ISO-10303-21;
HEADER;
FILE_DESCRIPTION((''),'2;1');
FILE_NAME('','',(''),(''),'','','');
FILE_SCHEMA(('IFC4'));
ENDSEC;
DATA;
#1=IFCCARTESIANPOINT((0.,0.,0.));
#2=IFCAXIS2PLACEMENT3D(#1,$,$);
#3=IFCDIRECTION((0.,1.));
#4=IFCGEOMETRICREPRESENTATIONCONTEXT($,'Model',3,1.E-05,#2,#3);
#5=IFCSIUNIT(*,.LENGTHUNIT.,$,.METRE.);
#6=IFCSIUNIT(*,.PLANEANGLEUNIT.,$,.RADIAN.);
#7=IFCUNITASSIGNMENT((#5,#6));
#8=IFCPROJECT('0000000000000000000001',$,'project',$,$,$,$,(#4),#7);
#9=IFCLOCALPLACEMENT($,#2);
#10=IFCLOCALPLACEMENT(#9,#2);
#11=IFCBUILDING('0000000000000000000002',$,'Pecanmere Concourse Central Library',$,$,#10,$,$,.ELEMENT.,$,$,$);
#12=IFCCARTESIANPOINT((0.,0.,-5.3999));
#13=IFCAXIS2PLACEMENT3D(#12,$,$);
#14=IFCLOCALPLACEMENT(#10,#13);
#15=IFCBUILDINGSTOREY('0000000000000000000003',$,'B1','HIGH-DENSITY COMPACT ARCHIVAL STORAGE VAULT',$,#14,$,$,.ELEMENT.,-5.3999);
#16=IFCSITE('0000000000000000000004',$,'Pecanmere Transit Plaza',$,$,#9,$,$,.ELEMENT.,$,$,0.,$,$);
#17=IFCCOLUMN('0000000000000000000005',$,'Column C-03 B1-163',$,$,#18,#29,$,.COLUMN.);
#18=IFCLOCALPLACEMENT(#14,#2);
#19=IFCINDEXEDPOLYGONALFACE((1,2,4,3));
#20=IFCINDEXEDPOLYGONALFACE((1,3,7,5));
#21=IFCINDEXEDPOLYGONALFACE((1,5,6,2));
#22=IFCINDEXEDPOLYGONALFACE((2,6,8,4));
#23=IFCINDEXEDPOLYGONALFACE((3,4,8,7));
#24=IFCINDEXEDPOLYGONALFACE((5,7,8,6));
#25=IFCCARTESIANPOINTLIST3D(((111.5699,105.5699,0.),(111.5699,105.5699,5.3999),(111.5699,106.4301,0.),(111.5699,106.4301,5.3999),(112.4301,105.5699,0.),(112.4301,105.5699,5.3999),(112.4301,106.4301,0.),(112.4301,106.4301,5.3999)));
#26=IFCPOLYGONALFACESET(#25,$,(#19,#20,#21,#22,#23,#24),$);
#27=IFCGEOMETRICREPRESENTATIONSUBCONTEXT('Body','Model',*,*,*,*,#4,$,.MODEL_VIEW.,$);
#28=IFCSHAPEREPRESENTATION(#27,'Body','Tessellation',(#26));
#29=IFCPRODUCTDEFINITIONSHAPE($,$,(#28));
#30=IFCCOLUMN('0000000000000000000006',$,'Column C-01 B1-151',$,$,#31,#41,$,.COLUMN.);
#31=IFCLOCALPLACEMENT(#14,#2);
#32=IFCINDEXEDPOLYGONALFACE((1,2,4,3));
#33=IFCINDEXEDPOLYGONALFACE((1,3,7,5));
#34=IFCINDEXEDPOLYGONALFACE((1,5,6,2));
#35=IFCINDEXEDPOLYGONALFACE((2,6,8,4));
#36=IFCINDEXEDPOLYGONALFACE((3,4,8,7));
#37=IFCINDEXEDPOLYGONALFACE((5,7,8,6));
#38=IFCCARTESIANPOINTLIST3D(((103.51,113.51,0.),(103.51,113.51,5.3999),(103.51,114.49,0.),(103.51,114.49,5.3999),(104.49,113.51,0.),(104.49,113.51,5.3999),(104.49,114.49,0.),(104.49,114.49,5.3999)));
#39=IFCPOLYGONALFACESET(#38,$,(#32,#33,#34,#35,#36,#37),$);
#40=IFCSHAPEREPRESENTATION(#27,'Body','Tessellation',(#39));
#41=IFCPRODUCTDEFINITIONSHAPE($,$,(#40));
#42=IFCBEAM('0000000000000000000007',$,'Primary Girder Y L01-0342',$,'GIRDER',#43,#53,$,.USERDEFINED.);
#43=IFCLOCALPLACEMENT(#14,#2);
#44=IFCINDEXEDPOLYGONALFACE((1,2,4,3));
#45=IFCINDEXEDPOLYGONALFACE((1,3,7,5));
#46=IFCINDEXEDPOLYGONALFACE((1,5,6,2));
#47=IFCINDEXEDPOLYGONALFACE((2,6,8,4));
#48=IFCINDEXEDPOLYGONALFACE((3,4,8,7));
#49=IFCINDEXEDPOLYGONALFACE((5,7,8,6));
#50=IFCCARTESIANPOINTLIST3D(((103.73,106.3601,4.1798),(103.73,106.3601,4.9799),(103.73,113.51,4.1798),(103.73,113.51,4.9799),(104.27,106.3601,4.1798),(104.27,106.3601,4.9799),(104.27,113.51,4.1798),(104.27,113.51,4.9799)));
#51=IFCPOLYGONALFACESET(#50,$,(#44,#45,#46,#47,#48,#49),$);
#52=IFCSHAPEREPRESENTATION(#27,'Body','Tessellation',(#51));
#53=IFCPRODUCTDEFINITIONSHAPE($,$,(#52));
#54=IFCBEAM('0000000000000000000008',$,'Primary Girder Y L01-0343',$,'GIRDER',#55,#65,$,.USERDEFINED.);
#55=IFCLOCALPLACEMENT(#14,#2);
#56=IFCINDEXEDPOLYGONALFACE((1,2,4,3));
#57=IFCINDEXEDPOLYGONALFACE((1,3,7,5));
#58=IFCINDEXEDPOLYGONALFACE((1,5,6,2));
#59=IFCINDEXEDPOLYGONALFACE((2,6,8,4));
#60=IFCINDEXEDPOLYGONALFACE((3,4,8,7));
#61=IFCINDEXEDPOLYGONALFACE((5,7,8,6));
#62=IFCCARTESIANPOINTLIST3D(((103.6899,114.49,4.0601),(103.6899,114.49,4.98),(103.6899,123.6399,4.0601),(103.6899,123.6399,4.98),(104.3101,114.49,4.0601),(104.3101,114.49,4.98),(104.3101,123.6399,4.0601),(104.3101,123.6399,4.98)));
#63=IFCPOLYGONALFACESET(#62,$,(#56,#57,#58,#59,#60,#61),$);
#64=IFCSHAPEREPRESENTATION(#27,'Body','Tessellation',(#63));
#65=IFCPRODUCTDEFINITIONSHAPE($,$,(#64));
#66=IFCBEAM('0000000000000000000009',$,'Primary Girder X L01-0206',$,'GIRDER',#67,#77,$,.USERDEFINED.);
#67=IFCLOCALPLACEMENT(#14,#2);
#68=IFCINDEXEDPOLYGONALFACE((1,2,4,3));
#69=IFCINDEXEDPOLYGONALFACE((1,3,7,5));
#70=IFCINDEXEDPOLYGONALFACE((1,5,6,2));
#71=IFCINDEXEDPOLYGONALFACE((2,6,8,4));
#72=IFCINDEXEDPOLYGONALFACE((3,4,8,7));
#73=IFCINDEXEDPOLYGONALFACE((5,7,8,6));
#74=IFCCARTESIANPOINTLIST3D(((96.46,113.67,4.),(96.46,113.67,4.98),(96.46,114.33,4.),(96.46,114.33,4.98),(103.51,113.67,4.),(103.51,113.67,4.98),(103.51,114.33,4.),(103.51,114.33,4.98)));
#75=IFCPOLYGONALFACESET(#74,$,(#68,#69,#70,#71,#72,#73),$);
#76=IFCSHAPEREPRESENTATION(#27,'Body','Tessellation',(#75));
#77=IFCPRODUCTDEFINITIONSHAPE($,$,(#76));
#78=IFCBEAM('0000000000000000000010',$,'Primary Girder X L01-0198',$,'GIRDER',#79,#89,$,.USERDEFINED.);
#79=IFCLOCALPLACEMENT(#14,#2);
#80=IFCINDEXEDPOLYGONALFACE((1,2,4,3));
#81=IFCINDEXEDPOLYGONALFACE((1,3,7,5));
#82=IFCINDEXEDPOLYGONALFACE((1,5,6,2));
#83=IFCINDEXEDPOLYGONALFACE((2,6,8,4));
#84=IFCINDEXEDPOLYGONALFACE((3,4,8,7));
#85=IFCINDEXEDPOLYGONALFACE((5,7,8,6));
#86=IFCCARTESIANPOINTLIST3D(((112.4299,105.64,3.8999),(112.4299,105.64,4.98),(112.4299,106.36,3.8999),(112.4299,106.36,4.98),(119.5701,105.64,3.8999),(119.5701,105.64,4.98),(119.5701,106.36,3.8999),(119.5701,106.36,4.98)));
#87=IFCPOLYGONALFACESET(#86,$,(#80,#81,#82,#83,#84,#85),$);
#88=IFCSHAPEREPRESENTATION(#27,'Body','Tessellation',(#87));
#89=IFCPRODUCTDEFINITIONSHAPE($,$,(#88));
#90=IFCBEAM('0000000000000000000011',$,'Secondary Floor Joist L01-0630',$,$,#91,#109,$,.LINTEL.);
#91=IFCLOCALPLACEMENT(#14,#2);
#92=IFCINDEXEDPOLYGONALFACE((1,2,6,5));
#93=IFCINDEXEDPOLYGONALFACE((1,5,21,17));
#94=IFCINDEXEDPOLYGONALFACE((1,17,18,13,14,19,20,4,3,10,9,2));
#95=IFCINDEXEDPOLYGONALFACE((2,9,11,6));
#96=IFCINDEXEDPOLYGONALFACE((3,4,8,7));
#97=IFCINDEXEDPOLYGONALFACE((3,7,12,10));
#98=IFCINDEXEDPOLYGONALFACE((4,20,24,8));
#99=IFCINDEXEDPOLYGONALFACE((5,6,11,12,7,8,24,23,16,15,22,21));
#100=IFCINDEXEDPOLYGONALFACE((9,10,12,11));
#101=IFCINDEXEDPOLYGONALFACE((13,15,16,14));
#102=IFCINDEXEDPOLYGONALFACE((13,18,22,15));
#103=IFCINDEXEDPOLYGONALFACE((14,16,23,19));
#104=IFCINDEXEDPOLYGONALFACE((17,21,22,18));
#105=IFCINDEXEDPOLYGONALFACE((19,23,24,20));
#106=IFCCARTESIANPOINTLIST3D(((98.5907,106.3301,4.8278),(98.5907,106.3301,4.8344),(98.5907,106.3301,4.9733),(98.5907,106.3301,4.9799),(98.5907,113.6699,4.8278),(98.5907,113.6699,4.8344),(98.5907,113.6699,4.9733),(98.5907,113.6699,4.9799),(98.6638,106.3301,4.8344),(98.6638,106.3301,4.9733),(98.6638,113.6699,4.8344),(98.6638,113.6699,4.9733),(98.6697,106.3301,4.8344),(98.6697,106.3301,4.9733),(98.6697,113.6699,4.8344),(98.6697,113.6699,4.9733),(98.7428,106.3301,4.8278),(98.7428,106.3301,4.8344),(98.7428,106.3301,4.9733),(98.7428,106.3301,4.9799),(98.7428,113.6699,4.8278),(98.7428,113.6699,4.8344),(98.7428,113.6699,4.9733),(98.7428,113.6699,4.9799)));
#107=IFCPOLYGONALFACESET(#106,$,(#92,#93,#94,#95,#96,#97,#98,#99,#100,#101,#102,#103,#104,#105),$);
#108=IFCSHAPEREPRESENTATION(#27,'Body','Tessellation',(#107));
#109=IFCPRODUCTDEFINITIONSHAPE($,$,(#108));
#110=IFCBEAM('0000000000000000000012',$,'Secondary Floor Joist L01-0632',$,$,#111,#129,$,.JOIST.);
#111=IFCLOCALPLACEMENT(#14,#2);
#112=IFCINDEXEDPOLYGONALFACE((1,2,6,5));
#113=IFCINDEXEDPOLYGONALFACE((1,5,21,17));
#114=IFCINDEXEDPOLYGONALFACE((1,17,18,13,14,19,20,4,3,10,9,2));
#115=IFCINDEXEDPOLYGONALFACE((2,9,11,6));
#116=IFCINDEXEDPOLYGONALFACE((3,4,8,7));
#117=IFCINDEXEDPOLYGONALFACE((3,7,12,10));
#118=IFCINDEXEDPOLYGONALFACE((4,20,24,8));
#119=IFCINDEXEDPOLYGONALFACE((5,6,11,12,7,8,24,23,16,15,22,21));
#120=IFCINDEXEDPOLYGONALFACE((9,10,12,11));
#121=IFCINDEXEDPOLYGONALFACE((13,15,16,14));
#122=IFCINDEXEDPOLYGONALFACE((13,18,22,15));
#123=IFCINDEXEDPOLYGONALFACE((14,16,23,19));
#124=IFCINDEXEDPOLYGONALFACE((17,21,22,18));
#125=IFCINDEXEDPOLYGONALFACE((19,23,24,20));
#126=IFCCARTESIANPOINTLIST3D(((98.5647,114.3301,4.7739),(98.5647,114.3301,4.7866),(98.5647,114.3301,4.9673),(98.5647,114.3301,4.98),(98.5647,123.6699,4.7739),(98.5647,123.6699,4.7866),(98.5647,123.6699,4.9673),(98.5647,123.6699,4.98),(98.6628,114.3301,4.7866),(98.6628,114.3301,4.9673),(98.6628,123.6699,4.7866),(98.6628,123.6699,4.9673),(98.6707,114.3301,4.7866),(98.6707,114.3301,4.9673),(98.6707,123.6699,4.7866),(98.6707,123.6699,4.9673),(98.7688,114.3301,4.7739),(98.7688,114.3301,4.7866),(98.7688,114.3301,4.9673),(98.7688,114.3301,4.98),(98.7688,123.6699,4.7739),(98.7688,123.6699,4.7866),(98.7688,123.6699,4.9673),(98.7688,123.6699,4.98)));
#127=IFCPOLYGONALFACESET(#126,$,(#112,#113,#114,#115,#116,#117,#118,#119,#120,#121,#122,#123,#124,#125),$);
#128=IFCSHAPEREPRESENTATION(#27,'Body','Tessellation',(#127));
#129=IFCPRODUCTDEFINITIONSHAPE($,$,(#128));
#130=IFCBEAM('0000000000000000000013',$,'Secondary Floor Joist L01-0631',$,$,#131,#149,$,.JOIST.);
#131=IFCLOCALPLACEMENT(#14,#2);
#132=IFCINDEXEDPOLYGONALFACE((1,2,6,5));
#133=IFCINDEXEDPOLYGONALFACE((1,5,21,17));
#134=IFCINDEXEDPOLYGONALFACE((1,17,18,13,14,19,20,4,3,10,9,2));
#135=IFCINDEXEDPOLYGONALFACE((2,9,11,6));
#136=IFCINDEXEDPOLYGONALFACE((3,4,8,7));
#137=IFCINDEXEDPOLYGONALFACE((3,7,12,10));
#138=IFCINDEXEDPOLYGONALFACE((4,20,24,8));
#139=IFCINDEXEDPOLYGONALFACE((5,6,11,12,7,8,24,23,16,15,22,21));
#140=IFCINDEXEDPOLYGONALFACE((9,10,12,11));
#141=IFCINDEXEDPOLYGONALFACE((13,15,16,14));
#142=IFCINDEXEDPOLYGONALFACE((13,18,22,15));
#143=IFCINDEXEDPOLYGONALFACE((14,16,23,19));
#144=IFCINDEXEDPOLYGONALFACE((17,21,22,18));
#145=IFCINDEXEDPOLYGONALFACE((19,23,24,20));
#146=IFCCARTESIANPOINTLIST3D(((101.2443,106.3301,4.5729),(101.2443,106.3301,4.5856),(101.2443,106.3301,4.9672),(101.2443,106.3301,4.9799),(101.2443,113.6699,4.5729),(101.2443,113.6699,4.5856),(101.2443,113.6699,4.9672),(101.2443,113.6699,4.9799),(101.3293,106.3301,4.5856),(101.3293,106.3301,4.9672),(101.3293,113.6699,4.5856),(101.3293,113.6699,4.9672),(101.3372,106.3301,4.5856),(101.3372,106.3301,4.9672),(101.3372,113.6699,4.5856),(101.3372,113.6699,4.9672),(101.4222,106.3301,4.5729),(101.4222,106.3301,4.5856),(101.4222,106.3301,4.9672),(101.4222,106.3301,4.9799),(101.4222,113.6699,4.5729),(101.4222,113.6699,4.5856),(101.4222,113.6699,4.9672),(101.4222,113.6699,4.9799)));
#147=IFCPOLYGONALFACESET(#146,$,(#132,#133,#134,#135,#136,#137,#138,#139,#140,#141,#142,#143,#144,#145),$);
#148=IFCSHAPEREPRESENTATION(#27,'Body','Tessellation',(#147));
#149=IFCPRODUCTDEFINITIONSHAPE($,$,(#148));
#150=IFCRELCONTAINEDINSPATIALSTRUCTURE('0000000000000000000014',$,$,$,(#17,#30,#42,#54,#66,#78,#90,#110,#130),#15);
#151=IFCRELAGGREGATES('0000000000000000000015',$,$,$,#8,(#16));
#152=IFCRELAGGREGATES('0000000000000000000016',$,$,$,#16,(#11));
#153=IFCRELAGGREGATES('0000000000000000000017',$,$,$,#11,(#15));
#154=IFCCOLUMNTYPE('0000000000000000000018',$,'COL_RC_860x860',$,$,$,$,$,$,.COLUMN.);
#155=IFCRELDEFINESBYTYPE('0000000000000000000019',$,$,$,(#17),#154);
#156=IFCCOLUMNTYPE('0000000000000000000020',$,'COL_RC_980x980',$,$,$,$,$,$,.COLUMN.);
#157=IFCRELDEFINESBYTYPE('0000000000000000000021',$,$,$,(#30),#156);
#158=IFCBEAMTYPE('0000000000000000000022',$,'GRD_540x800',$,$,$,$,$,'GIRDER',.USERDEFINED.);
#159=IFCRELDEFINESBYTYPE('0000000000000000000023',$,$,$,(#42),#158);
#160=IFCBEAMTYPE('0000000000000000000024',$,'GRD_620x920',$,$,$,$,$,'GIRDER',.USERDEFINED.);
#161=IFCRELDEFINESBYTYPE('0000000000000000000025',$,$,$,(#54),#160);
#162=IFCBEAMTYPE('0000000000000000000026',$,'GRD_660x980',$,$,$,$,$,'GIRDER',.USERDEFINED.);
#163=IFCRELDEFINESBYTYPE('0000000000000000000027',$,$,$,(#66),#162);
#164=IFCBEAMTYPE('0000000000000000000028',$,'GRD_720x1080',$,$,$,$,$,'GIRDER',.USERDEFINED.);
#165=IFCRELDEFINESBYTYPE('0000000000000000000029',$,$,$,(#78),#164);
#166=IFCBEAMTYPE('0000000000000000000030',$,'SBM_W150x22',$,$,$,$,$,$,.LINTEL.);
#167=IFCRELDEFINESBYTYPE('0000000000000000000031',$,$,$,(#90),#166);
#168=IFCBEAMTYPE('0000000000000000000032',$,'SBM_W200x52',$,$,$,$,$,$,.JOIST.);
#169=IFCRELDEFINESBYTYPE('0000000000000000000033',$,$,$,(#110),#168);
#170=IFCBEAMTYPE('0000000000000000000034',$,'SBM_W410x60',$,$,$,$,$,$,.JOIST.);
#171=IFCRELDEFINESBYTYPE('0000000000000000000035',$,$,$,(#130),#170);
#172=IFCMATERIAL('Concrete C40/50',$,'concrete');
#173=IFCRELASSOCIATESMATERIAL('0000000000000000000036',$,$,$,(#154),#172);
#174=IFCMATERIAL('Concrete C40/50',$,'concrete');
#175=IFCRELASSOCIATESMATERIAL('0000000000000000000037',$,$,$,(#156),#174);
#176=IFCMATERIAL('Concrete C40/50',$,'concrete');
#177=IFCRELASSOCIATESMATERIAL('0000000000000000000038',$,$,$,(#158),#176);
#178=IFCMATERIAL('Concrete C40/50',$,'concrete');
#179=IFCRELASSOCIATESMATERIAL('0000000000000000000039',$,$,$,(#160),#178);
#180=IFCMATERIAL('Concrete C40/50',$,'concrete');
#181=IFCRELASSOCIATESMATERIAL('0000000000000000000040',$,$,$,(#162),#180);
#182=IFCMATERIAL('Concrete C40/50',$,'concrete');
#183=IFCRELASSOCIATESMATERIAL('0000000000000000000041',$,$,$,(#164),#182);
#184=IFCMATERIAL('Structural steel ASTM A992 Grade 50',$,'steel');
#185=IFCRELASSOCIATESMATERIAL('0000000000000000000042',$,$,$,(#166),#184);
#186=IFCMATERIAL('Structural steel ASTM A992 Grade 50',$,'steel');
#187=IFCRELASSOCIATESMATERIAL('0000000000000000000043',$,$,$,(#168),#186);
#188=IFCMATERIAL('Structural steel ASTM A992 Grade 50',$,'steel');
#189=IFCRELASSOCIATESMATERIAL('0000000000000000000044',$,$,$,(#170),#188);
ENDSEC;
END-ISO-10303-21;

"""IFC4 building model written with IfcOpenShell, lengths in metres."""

from ifc_helpers import new_model, si_unit, direction, frame, origin, origin_2d, place, context, subcontext, project, spatial, rectangle, i_section, extrude, material, material_profile, profile_set, type_object, element, save


model = new_model("IFC4")

# Units and contexts
model_context = context("Model", 3, precision=1e-05, world=origin(), true_north=direction((0.0, 1.0)))
body_context = subcontext(model_context, "Body", "Model", "MODEL_VIEW")
ifc_project = project(units=[si_unit("LENGTHUNIT", "METRE"), si_unit("PLANEANGLEUNIT", "RADIAN")], contexts=[model_context])

# Site, building, storey
site_placement = place(None, origin())
site = spatial("IfcSite", under=ifc_project, at=site_placement, Name="Pecanmere Transit Plaza", CompositionType="ELEMENT", RefElevation=0.0)
building_placement = place(site_placement, origin())
building = spatial("IfcBuilding", under=site, at=building_placement, Name="Pecanmere Concourse Central Library", CompositionType="ELEMENT")
storey_placement = place(building_placement, frame((0.0, 0.0, -5.3999)))
storey = spatial("IfcBuildingStorey", under=building, at=storey_placement, Name="B1", Description="HIGH-DENSITY COMPACT ARCHIVAL STORAGE VAULT", CompositionType="ELEMENT", Elevation=-5.3999)

# Columns
ifc_material_1 = material(Name="Concrete C40/50", Category="concrete")
ifc_material_profile_1 = material_profile(ifc_material_1, rectangle(XDim=0.8601, YDim=0.8601, at=origin_2d()), Name="RC 860x860")
ifc_profile_set_1 = profile_set([ifc_material_profile_1], Name="Concrete C40/50")
column_type_1 = type_object("IfcColumnType", Name="COL_RC_860x860", PredefinedType="COLUMN", material=ifc_profile_set_1)
column_1_placement = place(storey_placement, frame((112.0, 106.0, 0.0), z_axis=(0.0, 0.0, 1.0), x_axis=(1.0, 0.0, 0.0)))
element("IfcColumn", 1, at=column_1_placement, inside=storey, type_object=column_type_1, Name="Column C-03 B1-163", PredefinedType="COLUMN", context=body_context, shape_type="SweptSolid", body=[
    extrude(rectangle(XDim=0.8601, YDim=0.8601, at=origin_2d()), origin(), (0.0, 0.0, 1.0), 5.3999),
])
ifc_material_2 = material(Name="Concrete C40/50", Category="concrete")
ifc_material_profile_2 = material_profile(ifc_material_2, rectangle(XDim=0.98, YDim=0.98, at=origin_2d()), Name="RC 980x980")
ifc_profile_set_2 = profile_set([ifc_material_profile_2], Name="Concrete C40/50")
column_type_2 = type_object("IfcColumnType", Name="COL_RC_980x980", PredefinedType="COLUMN", material=ifc_profile_set_2)
column_2_placement = place(storey_placement, frame((104.0, 114.0, 0.0), z_axis=(0.0, 0.0, 1.0), x_axis=(1.0, 0.0, 0.0)))
element("IfcColumn", 2, at=column_2_placement, inside=storey, type_object=column_type_2, Name="Column C-01 B1-151", PredefinedType="COLUMN", context=body_context, shape_type="SweptSolid", body=[
    extrude(rectangle(XDim=0.98, YDim=0.98, at=origin_2d()), origin(), (0.0, 0.0, 1.0), 5.3999),
])

# Beams
ifc_material_3 = material(Name="Concrete C40/50", Category="concrete")
ifc_material_profile_3 = material_profile(ifc_material_3, rectangle(XDim=0.54, YDim=0.8, at=origin_2d()), Name="RC 540x800")
ifc_profile_set_3 = profile_set([ifc_material_profile_3], Name="Concrete C40/50")
beam_type_1 = type_object("IfcBeamType", Name="GRD_540x800", ElementType="GIRDER", PredefinedType="USERDEFINED", material=ifc_profile_set_3)
beam_1_placement = place(storey_placement, frame((104.0, 106.3601, 4.5798), z_axis=(0.0, 1.0, 0.0), x_axis=(-1.0, 0.0, 0.0)))
element("IfcBeam", 3, at=beam_1_placement, inside=storey, type_object=beam_type_1, Name="Primary Girder Y L01-0342", ObjectType="GIRDER", PredefinedType="USERDEFINED", context=body_context, shape_type="SweptSolid", body=[
    extrude(rectangle(XDim=0.54, YDim=0.8, at=origin_2d()), origin(), (0.0, 0.0, 1.0), 7.1499),
])
ifc_material_4 = material(Name="Concrete C40/50", Category="concrete")
ifc_material_profile_4 = material_profile(ifc_material_4, rectangle(XDim=0.6201, YDim=0.9199, at=origin_2d()), Name="RC 620x920")
ifc_profile_set_4 = profile_set([ifc_material_profile_4], Name="Concrete C40/50")
beam_type_2 = type_object("IfcBeamType", Name="GRD_620x920", ElementType="GIRDER", PredefinedType="USERDEFINED", material=ifc_profile_set_4)
beam_2_placement = place(storey_placement, frame((104.0, 114.49, 4.52), z_axis=(0.0, 1.0, 0.0), x_axis=(-1.0, 0.0, 0.0)))
element("IfcBeam", 4, at=beam_2_placement, inside=storey, type_object=beam_type_2, Name="Primary Girder Y L01-0343", ObjectType="GIRDER", PredefinedType="USERDEFINED", context=body_context, shape_type="SweptSolid", body=[
    extrude(rectangle(XDim=0.6201, YDim=0.9199, at=origin_2d()), origin(), (0.0, 0.0, 1.0), 9.1499),
])
ifc_material_5 = material(Name="Concrete C40/50", Category="concrete")
ifc_material_profile_5 = material_profile(ifc_material_5, rectangle(XDim=0.6599, YDim=0.98, at=origin_2d()), Name="RC 660x980")
ifc_profile_set_5 = profile_set([ifc_material_profile_5], Name="Concrete C40/50")
beam_type_3 = type_object("IfcBeamType", Name="GRD_660x980", ElementType="GIRDER", PredefinedType="USERDEFINED", material=ifc_profile_set_5)
beam_3_placement = place(storey_placement, frame((96.46, 114.0, 4.49), z_axis=(1.0, 0.0, 0.0), x_axis=(0.0, 1.0, 0.0)))
element("IfcBeam", 5, at=beam_3_placement, inside=storey, type_object=beam_type_3, Name="Primary Girder X L01-0206", ObjectType="GIRDER", PredefinedType="USERDEFINED", context=body_context, shape_type="SweptSolid", body=[
    extrude(rectangle(XDim=0.6599, YDim=0.98, at=origin_2d()), origin(), (0.0, 0.0, 1.0), 7.05),
])
ifc_material_6 = material(Name="Concrete C40/50", Category="concrete")
ifc_material_profile_6 = material_profile(ifc_material_6, rectangle(XDim=0.72, YDim=1.0801, at=origin_2d()), Name="RC 720x1080")
ifc_profile_set_6 = profile_set([ifc_material_profile_6], Name="Concrete C40/50")
beam_type_4 = type_object("IfcBeamType", Name="GRD_720x1080", ElementType="GIRDER", PredefinedType="USERDEFINED", material=ifc_profile_set_6)
beam_4_placement = place(storey_placement, frame((112.4299, 106.0, 4.4399), z_axis=(1.0, 0.0, 0.0), x_axis=(0.0, 1.0, 0.0)))
element("IfcBeam", 6, at=beam_4_placement, inside=storey, type_object=beam_type_4, Name="Primary Girder X L01-0198", ObjectType="GIRDER", PredefinedType="USERDEFINED", context=body_context, shape_type="SweptSolid", body=[
    extrude(rectangle(XDim=0.72, YDim=1.0801, at=origin_2d()), origin(), (0.0, 0.0, 1.0), 7.1401),
])
ifc_material_7 = material(Name="Structural steel ASTM A992 Grade 50", Category="steel")
ifc_material_profile_7 = material_profile(ifc_material_7, i_section(OverallWidth=0.1521, OverallDepth=0.1521, WebThickness=0.0059, FlangeThickness=0.0066, at=origin_2d()), Name="W150x22.5")
ifc_profile_set_7 = profile_set([ifc_material_profile_7], Name="Structural steel ASTM A992 Grade 50")
beam_type_5 = type_object("IfcBeamType", Name="SBM_W150x22", PredefinedType="LINTEL", material=ifc_profile_set_7)
beam_5_placement = place(storey_placement, frame((98.6667, 106.3301, 4.9038), z_axis=(0.0, 1.0, 0.0), x_axis=(-1.0, 0.0, 0.0)))
element("IfcBeam", 7, at=beam_5_placement, inside=storey, type_object=beam_type_5, Name="Secondary Floor Joist L01-0630", PredefinedType="LINTEL", context=body_context, shape_type="SweptSolid", body=[
    extrude(i_section(OverallWidth=0.1521, OverallDepth=0.1521, WebThickness=0.0059, FlangeThickness=0.0066, at=origin_2d()), origin(), (0.0, 0.0, 1.0), 7.3398),
])
ifc_material_8 = material(Name="Structural steel ASTM A992 Grade 50", Category="steel")
ifc_material_profile_8 = material_profile(ifc_material_8, i_section(OverallWidth=0.2041, OverallDepth=0.2061, WebThickness=0.0078, FlangeThickness=0.0127, at=origin_2d()), Name="W200x52")
ifc_profile_set_8 = profile_set([ifc_material_profile_8], Name="Structural steel ASTM A992 Grade 50")
beam_type_6 = type_object("IfcBeamType", Name="SBM_W200x52", PredefinedType="JOIST", material=ifc_profile_set_8)
beam_6_placement = place(storey_placement, frame((98.6667, 114.3301, 4.877), z_axis=(0.0, 1.0, 0.0), x_axis=(-1.0, 0.0, 0.0)))
element("IfcBeam", 8, at=beam_6_placement, inside=storey, type_object=beam_type_6, Name="Secondary Floor Joist L01-0632", PredefinedType="JOIST", context=body_context, shape_type="SweptSolid", body=[
    extrude(i_section(OverallWidth=0.2041, OverallDepth=0.2061, WebThickness=0.0078, FlangeThickness=0.0127, at=origin_2d()), origin(), (0.0, 0.0, 1.0), 9.3398),
])
ifc_material_9 = material(Name="Structural steel ASTM A992 Grade 50", Category="steel")
ifc_material_profile_9 = material_profile(ifc_material_9, i_section(OverallWidth=0.178, OverallDepth=0.407, WebThickness=0.0078, FlangeThickness=0.0127, at=origin_2d()), Name="W410x60")
ifc_profile_set_9 = profile_set([ifc_material_profile_9], Name="Structural steel ASTM A992 Grade 50")
beam_type_7 = type_object("IfcBeamType", Name="SBM_W410x60", PredefinedType="JOIST", material=ifc_profile_set_9)
beam_7_placement = place(storey_placement, frame((101.3333, 106.3301, 4.7764), z_axis=(0.0, 1.0, 0.0), x_axis=(-1.0, 0.0, 0.0)))
element("IfcBeam", 9, at=beam_7_placement, inside=storey, type_object=beam_type_7, Name="Secondary Floor Joist L01-0631", PredefinedType="JOIST", context=body_context, shape_type="SweptSolid", body=[
    extrude(i_section(OverallWidth=0.178, OverallDepth=0.407, WebThickness=0.0078, FlangeThickness=0.0127, at=origin_2d()), origin(), (0.0, 0.0, 1.0), 7.3398),
])

save(model, "model.ifc")
